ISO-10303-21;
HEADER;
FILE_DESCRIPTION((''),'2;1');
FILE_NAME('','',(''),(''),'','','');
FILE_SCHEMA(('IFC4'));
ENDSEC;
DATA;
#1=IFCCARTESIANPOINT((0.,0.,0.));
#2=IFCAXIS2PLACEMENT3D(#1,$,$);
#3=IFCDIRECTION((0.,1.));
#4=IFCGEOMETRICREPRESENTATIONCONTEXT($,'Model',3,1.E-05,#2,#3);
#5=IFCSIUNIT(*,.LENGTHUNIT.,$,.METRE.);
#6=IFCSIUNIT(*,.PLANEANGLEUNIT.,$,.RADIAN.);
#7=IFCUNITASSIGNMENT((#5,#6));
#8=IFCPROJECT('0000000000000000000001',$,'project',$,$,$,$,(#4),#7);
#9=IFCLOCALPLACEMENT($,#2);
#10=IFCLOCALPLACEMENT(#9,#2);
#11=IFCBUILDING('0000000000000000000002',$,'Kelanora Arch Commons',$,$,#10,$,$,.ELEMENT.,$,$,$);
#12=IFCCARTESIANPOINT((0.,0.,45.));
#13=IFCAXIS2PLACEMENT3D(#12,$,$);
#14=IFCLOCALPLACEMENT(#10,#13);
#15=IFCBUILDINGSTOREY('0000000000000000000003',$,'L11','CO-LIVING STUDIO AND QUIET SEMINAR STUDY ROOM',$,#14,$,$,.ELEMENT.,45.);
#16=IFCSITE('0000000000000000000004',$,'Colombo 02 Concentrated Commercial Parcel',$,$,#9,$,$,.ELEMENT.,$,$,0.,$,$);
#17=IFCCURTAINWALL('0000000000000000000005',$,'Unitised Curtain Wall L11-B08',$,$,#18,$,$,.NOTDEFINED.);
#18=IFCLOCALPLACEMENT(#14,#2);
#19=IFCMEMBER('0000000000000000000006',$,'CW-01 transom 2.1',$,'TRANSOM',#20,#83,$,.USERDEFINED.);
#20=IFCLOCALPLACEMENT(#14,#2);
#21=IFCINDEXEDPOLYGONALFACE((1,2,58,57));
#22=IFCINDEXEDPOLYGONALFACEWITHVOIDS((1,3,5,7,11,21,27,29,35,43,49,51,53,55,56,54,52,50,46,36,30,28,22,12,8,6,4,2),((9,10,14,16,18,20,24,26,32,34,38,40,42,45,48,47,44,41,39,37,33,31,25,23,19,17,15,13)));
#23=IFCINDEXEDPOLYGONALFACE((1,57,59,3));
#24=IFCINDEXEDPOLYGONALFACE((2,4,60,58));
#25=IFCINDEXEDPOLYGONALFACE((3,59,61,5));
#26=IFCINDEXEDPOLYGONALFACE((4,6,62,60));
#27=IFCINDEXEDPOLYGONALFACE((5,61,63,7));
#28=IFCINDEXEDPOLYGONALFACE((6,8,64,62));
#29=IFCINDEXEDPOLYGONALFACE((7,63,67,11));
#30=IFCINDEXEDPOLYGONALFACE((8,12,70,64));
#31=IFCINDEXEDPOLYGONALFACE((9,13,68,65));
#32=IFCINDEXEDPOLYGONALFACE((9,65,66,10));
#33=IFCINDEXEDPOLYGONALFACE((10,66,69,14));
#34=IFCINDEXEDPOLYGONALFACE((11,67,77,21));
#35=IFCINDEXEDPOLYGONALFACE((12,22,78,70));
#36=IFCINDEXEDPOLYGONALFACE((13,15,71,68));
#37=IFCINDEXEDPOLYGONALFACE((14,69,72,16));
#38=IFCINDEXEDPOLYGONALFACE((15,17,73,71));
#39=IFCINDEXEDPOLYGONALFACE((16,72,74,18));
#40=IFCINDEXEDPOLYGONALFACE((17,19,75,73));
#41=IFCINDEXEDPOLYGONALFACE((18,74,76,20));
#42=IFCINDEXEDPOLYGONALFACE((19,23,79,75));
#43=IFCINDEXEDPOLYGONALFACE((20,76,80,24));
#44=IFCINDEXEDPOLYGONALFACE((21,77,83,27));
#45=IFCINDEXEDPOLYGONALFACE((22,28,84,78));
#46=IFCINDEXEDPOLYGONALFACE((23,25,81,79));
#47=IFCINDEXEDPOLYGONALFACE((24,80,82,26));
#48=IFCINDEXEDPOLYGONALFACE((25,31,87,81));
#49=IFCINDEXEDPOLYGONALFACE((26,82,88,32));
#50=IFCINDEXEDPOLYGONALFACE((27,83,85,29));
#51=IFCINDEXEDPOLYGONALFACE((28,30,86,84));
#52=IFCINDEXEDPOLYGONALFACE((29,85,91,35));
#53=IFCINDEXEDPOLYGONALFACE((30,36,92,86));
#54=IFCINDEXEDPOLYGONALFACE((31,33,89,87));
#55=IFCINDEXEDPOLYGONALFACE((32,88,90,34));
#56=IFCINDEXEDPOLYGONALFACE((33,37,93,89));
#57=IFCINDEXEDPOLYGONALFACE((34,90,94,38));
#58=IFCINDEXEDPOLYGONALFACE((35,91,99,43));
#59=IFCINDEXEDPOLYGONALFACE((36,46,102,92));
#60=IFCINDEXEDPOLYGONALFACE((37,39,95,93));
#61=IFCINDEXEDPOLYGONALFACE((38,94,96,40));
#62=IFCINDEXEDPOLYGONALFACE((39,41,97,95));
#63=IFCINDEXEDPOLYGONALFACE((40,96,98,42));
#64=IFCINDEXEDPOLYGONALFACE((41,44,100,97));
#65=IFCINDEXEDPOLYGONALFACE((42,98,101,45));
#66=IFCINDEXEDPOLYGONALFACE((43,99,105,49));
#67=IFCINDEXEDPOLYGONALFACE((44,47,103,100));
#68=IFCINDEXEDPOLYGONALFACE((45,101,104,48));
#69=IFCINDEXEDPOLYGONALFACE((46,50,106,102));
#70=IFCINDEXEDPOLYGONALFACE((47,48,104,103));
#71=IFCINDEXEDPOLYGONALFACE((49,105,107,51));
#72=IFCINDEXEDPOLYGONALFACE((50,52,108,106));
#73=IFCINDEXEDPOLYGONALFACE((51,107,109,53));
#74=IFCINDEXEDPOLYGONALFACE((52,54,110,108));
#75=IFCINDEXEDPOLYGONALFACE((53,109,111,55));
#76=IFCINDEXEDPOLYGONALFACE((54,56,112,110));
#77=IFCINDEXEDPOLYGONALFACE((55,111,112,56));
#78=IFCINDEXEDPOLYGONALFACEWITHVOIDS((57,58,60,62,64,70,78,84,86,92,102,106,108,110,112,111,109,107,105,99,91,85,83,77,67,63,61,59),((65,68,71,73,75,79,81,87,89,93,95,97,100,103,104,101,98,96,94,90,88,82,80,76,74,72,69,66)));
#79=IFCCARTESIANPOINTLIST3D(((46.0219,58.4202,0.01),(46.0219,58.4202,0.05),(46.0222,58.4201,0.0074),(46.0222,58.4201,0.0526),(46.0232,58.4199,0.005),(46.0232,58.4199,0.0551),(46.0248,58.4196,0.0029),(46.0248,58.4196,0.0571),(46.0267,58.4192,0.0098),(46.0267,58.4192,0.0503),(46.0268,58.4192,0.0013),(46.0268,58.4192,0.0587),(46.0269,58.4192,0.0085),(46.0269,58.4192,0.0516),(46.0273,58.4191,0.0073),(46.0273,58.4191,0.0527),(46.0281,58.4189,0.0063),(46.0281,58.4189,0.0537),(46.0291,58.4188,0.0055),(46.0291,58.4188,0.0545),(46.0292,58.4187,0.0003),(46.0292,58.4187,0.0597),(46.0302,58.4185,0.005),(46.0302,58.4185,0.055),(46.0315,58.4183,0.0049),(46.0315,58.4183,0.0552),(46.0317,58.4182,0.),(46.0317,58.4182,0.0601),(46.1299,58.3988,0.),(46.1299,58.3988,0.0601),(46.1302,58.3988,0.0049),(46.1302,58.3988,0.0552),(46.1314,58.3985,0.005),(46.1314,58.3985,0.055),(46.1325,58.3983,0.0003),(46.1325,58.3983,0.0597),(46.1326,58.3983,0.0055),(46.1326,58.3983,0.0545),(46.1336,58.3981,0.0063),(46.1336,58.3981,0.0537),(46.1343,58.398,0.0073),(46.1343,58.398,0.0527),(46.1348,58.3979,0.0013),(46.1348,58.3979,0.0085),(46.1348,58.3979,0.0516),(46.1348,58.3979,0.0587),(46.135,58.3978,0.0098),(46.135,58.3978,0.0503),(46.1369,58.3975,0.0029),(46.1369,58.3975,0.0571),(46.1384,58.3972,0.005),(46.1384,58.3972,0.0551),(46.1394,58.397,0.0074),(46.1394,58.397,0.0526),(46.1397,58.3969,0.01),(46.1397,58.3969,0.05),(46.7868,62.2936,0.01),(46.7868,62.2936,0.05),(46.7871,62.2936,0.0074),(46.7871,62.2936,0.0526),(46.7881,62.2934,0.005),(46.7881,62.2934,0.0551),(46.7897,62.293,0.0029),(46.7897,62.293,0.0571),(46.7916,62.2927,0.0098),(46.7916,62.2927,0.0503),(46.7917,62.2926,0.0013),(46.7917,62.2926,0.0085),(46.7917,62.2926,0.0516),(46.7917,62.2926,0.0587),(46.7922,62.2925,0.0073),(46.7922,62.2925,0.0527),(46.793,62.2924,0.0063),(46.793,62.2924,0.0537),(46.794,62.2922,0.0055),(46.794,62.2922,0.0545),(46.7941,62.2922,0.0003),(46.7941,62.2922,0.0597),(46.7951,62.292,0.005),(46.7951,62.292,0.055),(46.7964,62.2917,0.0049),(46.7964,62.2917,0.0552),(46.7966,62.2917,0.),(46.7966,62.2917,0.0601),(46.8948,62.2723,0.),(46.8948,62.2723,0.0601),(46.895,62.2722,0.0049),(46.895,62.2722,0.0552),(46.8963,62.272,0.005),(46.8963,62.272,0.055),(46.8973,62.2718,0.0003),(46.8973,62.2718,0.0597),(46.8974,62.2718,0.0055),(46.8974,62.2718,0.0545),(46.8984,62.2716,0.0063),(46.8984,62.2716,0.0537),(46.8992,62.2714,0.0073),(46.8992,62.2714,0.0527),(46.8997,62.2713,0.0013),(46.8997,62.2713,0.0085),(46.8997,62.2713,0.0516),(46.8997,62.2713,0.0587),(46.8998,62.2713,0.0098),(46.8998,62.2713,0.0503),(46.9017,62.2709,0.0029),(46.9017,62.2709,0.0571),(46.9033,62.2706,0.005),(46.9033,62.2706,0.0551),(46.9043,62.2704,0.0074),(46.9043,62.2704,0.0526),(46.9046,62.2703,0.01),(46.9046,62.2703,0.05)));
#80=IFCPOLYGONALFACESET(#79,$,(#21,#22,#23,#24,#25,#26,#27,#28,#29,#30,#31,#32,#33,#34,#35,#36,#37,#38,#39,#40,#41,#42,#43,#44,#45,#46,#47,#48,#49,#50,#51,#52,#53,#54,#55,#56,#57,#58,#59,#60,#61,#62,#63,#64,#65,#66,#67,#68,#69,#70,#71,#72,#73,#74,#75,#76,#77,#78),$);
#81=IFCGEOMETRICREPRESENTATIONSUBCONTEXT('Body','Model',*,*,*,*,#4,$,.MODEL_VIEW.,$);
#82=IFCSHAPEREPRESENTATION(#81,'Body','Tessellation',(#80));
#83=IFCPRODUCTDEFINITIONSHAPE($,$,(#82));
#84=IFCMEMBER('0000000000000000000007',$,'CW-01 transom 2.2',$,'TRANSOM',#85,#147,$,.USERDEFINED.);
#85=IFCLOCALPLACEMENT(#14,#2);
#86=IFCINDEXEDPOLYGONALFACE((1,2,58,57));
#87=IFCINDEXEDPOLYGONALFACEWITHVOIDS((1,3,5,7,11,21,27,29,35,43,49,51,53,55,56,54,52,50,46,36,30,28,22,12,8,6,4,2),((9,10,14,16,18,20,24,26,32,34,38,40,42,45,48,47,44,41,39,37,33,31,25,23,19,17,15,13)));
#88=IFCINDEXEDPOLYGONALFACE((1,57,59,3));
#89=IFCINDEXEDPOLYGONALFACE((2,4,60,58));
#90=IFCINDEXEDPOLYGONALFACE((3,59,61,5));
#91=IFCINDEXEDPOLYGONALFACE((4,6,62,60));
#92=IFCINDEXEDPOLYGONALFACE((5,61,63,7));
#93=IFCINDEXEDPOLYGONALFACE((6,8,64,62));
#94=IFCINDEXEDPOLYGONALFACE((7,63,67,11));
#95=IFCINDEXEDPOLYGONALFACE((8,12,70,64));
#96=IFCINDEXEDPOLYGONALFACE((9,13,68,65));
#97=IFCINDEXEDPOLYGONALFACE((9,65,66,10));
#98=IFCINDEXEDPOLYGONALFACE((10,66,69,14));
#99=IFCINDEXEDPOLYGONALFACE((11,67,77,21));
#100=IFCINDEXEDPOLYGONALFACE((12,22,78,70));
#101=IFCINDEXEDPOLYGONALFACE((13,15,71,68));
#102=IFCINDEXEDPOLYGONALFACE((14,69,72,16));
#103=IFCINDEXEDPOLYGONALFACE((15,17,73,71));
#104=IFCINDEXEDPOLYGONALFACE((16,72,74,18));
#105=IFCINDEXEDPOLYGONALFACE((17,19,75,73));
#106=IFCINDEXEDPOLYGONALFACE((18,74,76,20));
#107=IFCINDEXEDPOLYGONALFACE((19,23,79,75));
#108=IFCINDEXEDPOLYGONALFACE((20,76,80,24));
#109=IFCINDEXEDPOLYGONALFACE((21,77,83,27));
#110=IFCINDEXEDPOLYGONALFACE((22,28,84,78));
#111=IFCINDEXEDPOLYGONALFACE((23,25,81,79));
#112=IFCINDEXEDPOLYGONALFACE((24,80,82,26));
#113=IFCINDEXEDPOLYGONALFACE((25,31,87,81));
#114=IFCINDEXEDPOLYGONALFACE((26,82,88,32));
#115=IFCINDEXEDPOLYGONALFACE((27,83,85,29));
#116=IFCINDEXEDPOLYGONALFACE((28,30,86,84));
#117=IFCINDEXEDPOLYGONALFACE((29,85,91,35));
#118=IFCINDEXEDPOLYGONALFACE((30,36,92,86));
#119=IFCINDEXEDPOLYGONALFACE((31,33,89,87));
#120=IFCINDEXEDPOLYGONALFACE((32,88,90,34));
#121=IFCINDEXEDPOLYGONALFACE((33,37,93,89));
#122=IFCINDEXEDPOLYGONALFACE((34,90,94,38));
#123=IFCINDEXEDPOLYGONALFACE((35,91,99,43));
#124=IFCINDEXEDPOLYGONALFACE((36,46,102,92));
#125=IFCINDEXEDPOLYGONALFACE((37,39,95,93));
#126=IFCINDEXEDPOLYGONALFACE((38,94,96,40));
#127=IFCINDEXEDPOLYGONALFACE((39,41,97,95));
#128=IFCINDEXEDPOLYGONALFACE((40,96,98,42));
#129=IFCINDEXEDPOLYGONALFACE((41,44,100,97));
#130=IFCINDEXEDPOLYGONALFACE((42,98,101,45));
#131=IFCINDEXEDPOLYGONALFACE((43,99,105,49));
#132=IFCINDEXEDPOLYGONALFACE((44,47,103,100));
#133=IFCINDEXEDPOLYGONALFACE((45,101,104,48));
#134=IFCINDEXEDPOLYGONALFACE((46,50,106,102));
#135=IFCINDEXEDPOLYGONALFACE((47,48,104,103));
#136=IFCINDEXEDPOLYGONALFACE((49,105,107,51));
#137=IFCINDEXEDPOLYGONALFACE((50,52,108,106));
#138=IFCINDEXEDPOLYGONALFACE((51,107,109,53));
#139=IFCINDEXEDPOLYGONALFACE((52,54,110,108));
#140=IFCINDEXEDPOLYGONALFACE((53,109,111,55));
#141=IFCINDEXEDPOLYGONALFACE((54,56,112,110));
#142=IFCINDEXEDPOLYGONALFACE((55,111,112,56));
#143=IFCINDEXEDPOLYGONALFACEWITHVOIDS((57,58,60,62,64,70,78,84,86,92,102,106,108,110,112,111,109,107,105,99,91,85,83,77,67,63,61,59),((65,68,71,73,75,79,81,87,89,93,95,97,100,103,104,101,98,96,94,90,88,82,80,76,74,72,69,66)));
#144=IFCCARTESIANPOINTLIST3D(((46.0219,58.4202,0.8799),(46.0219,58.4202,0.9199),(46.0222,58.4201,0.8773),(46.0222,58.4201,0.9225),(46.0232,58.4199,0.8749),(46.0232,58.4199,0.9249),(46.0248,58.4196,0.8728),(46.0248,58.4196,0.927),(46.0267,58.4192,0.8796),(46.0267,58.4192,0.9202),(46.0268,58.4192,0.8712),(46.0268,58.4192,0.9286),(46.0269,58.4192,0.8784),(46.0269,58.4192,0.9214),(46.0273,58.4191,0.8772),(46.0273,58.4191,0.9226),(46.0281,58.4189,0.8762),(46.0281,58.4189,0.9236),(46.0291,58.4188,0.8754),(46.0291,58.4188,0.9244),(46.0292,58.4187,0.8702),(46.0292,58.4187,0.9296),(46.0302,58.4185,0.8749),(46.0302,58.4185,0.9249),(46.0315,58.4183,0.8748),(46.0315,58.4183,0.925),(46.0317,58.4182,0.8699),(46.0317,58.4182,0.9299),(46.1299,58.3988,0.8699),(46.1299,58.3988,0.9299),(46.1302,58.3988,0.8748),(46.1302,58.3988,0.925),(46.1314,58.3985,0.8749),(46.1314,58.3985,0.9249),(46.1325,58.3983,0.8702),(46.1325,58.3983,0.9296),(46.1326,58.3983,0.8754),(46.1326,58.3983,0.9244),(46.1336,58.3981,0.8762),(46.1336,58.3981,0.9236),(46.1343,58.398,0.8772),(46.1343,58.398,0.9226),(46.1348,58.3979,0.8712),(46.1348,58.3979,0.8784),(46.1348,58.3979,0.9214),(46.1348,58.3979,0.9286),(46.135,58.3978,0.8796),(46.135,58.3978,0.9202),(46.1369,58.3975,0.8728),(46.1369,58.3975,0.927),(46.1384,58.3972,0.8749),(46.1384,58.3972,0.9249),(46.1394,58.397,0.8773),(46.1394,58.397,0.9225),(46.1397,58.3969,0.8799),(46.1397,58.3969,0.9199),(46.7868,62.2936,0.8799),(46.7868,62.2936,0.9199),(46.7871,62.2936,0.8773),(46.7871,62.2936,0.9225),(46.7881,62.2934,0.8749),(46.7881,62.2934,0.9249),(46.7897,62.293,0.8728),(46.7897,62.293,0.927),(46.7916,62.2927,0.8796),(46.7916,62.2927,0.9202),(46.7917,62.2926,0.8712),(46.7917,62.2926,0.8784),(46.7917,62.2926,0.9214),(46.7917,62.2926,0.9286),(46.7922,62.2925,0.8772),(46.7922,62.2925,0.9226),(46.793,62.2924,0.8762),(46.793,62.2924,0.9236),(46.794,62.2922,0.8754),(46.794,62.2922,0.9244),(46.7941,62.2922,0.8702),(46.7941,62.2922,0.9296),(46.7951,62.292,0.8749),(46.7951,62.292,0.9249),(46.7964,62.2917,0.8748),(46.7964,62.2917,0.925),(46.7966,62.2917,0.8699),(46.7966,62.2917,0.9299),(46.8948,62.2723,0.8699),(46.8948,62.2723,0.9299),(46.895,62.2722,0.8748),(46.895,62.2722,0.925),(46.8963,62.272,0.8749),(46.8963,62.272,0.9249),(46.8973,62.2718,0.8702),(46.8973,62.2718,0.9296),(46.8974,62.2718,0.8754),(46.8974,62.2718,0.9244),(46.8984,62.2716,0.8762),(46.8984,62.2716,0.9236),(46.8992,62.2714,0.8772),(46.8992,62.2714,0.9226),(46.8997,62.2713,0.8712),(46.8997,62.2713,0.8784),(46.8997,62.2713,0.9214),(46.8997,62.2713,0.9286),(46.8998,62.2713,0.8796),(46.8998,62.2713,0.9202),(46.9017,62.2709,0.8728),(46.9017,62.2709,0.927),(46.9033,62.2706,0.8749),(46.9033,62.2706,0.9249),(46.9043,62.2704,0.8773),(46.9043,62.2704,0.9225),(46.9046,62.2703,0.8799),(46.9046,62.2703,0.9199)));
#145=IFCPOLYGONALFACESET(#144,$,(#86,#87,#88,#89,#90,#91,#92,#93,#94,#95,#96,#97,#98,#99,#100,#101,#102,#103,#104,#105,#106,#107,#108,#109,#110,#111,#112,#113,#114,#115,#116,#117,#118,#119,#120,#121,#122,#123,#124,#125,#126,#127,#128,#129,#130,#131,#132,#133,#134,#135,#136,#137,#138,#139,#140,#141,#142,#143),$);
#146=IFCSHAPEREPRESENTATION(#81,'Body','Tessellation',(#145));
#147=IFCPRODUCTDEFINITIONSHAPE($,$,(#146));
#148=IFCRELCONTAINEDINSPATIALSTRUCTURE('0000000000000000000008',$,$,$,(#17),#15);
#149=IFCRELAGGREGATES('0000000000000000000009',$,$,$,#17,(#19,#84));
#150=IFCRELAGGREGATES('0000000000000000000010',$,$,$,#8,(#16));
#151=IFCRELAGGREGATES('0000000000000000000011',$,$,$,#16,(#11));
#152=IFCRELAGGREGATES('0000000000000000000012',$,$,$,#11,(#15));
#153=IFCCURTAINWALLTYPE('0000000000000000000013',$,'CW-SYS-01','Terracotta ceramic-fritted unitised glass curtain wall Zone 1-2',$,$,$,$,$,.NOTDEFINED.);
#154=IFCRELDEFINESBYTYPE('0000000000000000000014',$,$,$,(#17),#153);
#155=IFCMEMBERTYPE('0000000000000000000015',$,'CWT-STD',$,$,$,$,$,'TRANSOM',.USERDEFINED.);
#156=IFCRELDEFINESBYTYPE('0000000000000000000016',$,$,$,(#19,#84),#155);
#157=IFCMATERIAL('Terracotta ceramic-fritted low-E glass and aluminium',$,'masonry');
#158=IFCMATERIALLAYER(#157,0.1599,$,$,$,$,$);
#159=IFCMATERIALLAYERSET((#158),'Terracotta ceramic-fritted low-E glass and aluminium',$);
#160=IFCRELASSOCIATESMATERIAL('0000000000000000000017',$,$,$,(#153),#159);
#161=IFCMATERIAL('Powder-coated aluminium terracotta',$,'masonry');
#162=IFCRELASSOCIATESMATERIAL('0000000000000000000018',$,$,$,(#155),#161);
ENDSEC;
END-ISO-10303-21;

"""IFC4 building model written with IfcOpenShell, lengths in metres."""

from ifc_helpers import new_model, si_unit, direction, frame, origin, origin_2d, place, context, subcontext, project, spatial, hollow_rectangle, extrude, material, layer, layer_set, material_profile, profile_set, type_object, element, aggregate, save


model = new_model("IFC4")

# Units and contexts
model_context = context("Model", 3, precision=1e-05, world=origin(), true_north=direction((0.0, 1.0)))
body_context = subcontext(model_context, "Body", "Model", "MODEL_VIEW")
ifc_project = project(units=[si_unit("LENGTHUNIT", "METRE"), si_unit("PLANEANGLEUNIT", "RADIAN")], contexts=[model_context])

# Site, building, storey
site_placement = place(None, origin())
site = spatial("IfcSite", under=ifc_project, at=site_placement, Name="Colombo 02 Concentrated Commercial Parcel", CompositionType="ELEMENT", RefElevation=0.0)
building_placement = place(site_placement, origin())
building = spatial("IfcBuilding", under=site, at=building_placement, Name="Kelanora Arch Commons", CompositionType="ELEMENT")
storey_placement = place(building_placement, frame((0.0, 0.0, 45.0)))
storey = spatial("IfcBuildingStorey", under=building, at=storey_placement, Name="L11", Description="CO-LIVING STUDIO AND QUIET SEMINAR STUDY ROOM", CompositionType="ELEMENT", Elevation=45.0)

# Curtain wall, members
ifc_material_1 = material(Name="Terracotta ceramic-fritted low-E glass and aluminium", Category="masonry")
ifc_layer_1 = layer(ifc_material_1, 0.1599)
ifc_layer_set_1 = layer_set([ifc_layer_1], Name="Terracotta ceramic-fritted low-E glass and aluminium")
curtain_wall_type = type_object("IfcCurtainWallType", Name="CW-SYS-01", Description="Terracotta ceramic-fritted unitised glass curtain wall Zone 1-2", PredefinedType="NOTDEFINED", material=ifc_layer_set_1)
curtain_wall_placement = place(storey_placement, origin())
curtain_wall = element("IfcCurtainWall", 1, at=curtain_wall_placement, inside=storey, type_object=curtain_wall_type, Name="Unitised Curtain Wall L11-B08", PredefinedType="NOTDEFINED")
ifc_material_2 = material(Name="Powder-coated aluminium terracotta", Category="masonry")
ifc_material_profile_1 = material_profile(ifc_material_2, hollow_rectangle(XDim=0.1201, YDim=0.0601, WallThickness=0.0049, InnerFilletRadius=0.0049, OuterFilletRadius=0.01, at=origin_2d()), Name="CWT120x60")
ifc_profile_set_1 = profile_set([ifc_material_profile_1], Name="Powder-coated aluminium terracotta")
member_type_1 = type_object("IfcMemberType", Name="CWT-STD", ElementType="TRANSOM", PredefinedType="USERDEFINED", material=ifc_profile_set_1)
member_1_placement = place(storey_placement, frame((46.8457, 62.282, 0.03), z_axis=(-0.193725, -0.981056, 0.0), x_axis=(0.981056, -0.193725, 0.0)))
member_1 = element("IfcMember", 2, at=member_1_placement, type_object=member_type_1, Name="CW-01 transom 2.1", ObjectType="TRANSOM", PredefinedType="USERDEFINED", context=body_context, shape_type="SweptSolid", body=[
    extrude(hollow_rectangle(XDim=0.1201, YDim=0.0601, WallThickness=0.0049, InnerFilletRadius=0.0049, OuterFilletRadius=0.01, at=origin_2d()), origin(), (0.0, 0.0, 1.0), 3.9482),
])
member_2_placement = place(storey_placement, frame((46.8457, 62.282, 0.8999), z_axis=(-0.193725, -0.981056, 0.0), x_axis=(0.981056, -0.193725, 0.0)))
member_2 = element("IfcMember", 3, at=member_2_placement, type_object=member_type_1, Name="CW-01 transom 2.2", ObjectType="TRANSOM", PredefinedType="USERDEFINED", context=body_context, shape_type="SweptSolid", body=[
    extrude(hollow_rectangle(XDim=0.1201, YDim=0.0601, WallThickness=0.0049, InnerFilletRadius=0.0049, OuterFilletRadius=0.01, at=origin_2d()), origin(), (0.0, 0.0, 1.0), 3.9482),
])
aggregate(curtain_wall, [member_1, member_2])

save(model, "model.ifc")
